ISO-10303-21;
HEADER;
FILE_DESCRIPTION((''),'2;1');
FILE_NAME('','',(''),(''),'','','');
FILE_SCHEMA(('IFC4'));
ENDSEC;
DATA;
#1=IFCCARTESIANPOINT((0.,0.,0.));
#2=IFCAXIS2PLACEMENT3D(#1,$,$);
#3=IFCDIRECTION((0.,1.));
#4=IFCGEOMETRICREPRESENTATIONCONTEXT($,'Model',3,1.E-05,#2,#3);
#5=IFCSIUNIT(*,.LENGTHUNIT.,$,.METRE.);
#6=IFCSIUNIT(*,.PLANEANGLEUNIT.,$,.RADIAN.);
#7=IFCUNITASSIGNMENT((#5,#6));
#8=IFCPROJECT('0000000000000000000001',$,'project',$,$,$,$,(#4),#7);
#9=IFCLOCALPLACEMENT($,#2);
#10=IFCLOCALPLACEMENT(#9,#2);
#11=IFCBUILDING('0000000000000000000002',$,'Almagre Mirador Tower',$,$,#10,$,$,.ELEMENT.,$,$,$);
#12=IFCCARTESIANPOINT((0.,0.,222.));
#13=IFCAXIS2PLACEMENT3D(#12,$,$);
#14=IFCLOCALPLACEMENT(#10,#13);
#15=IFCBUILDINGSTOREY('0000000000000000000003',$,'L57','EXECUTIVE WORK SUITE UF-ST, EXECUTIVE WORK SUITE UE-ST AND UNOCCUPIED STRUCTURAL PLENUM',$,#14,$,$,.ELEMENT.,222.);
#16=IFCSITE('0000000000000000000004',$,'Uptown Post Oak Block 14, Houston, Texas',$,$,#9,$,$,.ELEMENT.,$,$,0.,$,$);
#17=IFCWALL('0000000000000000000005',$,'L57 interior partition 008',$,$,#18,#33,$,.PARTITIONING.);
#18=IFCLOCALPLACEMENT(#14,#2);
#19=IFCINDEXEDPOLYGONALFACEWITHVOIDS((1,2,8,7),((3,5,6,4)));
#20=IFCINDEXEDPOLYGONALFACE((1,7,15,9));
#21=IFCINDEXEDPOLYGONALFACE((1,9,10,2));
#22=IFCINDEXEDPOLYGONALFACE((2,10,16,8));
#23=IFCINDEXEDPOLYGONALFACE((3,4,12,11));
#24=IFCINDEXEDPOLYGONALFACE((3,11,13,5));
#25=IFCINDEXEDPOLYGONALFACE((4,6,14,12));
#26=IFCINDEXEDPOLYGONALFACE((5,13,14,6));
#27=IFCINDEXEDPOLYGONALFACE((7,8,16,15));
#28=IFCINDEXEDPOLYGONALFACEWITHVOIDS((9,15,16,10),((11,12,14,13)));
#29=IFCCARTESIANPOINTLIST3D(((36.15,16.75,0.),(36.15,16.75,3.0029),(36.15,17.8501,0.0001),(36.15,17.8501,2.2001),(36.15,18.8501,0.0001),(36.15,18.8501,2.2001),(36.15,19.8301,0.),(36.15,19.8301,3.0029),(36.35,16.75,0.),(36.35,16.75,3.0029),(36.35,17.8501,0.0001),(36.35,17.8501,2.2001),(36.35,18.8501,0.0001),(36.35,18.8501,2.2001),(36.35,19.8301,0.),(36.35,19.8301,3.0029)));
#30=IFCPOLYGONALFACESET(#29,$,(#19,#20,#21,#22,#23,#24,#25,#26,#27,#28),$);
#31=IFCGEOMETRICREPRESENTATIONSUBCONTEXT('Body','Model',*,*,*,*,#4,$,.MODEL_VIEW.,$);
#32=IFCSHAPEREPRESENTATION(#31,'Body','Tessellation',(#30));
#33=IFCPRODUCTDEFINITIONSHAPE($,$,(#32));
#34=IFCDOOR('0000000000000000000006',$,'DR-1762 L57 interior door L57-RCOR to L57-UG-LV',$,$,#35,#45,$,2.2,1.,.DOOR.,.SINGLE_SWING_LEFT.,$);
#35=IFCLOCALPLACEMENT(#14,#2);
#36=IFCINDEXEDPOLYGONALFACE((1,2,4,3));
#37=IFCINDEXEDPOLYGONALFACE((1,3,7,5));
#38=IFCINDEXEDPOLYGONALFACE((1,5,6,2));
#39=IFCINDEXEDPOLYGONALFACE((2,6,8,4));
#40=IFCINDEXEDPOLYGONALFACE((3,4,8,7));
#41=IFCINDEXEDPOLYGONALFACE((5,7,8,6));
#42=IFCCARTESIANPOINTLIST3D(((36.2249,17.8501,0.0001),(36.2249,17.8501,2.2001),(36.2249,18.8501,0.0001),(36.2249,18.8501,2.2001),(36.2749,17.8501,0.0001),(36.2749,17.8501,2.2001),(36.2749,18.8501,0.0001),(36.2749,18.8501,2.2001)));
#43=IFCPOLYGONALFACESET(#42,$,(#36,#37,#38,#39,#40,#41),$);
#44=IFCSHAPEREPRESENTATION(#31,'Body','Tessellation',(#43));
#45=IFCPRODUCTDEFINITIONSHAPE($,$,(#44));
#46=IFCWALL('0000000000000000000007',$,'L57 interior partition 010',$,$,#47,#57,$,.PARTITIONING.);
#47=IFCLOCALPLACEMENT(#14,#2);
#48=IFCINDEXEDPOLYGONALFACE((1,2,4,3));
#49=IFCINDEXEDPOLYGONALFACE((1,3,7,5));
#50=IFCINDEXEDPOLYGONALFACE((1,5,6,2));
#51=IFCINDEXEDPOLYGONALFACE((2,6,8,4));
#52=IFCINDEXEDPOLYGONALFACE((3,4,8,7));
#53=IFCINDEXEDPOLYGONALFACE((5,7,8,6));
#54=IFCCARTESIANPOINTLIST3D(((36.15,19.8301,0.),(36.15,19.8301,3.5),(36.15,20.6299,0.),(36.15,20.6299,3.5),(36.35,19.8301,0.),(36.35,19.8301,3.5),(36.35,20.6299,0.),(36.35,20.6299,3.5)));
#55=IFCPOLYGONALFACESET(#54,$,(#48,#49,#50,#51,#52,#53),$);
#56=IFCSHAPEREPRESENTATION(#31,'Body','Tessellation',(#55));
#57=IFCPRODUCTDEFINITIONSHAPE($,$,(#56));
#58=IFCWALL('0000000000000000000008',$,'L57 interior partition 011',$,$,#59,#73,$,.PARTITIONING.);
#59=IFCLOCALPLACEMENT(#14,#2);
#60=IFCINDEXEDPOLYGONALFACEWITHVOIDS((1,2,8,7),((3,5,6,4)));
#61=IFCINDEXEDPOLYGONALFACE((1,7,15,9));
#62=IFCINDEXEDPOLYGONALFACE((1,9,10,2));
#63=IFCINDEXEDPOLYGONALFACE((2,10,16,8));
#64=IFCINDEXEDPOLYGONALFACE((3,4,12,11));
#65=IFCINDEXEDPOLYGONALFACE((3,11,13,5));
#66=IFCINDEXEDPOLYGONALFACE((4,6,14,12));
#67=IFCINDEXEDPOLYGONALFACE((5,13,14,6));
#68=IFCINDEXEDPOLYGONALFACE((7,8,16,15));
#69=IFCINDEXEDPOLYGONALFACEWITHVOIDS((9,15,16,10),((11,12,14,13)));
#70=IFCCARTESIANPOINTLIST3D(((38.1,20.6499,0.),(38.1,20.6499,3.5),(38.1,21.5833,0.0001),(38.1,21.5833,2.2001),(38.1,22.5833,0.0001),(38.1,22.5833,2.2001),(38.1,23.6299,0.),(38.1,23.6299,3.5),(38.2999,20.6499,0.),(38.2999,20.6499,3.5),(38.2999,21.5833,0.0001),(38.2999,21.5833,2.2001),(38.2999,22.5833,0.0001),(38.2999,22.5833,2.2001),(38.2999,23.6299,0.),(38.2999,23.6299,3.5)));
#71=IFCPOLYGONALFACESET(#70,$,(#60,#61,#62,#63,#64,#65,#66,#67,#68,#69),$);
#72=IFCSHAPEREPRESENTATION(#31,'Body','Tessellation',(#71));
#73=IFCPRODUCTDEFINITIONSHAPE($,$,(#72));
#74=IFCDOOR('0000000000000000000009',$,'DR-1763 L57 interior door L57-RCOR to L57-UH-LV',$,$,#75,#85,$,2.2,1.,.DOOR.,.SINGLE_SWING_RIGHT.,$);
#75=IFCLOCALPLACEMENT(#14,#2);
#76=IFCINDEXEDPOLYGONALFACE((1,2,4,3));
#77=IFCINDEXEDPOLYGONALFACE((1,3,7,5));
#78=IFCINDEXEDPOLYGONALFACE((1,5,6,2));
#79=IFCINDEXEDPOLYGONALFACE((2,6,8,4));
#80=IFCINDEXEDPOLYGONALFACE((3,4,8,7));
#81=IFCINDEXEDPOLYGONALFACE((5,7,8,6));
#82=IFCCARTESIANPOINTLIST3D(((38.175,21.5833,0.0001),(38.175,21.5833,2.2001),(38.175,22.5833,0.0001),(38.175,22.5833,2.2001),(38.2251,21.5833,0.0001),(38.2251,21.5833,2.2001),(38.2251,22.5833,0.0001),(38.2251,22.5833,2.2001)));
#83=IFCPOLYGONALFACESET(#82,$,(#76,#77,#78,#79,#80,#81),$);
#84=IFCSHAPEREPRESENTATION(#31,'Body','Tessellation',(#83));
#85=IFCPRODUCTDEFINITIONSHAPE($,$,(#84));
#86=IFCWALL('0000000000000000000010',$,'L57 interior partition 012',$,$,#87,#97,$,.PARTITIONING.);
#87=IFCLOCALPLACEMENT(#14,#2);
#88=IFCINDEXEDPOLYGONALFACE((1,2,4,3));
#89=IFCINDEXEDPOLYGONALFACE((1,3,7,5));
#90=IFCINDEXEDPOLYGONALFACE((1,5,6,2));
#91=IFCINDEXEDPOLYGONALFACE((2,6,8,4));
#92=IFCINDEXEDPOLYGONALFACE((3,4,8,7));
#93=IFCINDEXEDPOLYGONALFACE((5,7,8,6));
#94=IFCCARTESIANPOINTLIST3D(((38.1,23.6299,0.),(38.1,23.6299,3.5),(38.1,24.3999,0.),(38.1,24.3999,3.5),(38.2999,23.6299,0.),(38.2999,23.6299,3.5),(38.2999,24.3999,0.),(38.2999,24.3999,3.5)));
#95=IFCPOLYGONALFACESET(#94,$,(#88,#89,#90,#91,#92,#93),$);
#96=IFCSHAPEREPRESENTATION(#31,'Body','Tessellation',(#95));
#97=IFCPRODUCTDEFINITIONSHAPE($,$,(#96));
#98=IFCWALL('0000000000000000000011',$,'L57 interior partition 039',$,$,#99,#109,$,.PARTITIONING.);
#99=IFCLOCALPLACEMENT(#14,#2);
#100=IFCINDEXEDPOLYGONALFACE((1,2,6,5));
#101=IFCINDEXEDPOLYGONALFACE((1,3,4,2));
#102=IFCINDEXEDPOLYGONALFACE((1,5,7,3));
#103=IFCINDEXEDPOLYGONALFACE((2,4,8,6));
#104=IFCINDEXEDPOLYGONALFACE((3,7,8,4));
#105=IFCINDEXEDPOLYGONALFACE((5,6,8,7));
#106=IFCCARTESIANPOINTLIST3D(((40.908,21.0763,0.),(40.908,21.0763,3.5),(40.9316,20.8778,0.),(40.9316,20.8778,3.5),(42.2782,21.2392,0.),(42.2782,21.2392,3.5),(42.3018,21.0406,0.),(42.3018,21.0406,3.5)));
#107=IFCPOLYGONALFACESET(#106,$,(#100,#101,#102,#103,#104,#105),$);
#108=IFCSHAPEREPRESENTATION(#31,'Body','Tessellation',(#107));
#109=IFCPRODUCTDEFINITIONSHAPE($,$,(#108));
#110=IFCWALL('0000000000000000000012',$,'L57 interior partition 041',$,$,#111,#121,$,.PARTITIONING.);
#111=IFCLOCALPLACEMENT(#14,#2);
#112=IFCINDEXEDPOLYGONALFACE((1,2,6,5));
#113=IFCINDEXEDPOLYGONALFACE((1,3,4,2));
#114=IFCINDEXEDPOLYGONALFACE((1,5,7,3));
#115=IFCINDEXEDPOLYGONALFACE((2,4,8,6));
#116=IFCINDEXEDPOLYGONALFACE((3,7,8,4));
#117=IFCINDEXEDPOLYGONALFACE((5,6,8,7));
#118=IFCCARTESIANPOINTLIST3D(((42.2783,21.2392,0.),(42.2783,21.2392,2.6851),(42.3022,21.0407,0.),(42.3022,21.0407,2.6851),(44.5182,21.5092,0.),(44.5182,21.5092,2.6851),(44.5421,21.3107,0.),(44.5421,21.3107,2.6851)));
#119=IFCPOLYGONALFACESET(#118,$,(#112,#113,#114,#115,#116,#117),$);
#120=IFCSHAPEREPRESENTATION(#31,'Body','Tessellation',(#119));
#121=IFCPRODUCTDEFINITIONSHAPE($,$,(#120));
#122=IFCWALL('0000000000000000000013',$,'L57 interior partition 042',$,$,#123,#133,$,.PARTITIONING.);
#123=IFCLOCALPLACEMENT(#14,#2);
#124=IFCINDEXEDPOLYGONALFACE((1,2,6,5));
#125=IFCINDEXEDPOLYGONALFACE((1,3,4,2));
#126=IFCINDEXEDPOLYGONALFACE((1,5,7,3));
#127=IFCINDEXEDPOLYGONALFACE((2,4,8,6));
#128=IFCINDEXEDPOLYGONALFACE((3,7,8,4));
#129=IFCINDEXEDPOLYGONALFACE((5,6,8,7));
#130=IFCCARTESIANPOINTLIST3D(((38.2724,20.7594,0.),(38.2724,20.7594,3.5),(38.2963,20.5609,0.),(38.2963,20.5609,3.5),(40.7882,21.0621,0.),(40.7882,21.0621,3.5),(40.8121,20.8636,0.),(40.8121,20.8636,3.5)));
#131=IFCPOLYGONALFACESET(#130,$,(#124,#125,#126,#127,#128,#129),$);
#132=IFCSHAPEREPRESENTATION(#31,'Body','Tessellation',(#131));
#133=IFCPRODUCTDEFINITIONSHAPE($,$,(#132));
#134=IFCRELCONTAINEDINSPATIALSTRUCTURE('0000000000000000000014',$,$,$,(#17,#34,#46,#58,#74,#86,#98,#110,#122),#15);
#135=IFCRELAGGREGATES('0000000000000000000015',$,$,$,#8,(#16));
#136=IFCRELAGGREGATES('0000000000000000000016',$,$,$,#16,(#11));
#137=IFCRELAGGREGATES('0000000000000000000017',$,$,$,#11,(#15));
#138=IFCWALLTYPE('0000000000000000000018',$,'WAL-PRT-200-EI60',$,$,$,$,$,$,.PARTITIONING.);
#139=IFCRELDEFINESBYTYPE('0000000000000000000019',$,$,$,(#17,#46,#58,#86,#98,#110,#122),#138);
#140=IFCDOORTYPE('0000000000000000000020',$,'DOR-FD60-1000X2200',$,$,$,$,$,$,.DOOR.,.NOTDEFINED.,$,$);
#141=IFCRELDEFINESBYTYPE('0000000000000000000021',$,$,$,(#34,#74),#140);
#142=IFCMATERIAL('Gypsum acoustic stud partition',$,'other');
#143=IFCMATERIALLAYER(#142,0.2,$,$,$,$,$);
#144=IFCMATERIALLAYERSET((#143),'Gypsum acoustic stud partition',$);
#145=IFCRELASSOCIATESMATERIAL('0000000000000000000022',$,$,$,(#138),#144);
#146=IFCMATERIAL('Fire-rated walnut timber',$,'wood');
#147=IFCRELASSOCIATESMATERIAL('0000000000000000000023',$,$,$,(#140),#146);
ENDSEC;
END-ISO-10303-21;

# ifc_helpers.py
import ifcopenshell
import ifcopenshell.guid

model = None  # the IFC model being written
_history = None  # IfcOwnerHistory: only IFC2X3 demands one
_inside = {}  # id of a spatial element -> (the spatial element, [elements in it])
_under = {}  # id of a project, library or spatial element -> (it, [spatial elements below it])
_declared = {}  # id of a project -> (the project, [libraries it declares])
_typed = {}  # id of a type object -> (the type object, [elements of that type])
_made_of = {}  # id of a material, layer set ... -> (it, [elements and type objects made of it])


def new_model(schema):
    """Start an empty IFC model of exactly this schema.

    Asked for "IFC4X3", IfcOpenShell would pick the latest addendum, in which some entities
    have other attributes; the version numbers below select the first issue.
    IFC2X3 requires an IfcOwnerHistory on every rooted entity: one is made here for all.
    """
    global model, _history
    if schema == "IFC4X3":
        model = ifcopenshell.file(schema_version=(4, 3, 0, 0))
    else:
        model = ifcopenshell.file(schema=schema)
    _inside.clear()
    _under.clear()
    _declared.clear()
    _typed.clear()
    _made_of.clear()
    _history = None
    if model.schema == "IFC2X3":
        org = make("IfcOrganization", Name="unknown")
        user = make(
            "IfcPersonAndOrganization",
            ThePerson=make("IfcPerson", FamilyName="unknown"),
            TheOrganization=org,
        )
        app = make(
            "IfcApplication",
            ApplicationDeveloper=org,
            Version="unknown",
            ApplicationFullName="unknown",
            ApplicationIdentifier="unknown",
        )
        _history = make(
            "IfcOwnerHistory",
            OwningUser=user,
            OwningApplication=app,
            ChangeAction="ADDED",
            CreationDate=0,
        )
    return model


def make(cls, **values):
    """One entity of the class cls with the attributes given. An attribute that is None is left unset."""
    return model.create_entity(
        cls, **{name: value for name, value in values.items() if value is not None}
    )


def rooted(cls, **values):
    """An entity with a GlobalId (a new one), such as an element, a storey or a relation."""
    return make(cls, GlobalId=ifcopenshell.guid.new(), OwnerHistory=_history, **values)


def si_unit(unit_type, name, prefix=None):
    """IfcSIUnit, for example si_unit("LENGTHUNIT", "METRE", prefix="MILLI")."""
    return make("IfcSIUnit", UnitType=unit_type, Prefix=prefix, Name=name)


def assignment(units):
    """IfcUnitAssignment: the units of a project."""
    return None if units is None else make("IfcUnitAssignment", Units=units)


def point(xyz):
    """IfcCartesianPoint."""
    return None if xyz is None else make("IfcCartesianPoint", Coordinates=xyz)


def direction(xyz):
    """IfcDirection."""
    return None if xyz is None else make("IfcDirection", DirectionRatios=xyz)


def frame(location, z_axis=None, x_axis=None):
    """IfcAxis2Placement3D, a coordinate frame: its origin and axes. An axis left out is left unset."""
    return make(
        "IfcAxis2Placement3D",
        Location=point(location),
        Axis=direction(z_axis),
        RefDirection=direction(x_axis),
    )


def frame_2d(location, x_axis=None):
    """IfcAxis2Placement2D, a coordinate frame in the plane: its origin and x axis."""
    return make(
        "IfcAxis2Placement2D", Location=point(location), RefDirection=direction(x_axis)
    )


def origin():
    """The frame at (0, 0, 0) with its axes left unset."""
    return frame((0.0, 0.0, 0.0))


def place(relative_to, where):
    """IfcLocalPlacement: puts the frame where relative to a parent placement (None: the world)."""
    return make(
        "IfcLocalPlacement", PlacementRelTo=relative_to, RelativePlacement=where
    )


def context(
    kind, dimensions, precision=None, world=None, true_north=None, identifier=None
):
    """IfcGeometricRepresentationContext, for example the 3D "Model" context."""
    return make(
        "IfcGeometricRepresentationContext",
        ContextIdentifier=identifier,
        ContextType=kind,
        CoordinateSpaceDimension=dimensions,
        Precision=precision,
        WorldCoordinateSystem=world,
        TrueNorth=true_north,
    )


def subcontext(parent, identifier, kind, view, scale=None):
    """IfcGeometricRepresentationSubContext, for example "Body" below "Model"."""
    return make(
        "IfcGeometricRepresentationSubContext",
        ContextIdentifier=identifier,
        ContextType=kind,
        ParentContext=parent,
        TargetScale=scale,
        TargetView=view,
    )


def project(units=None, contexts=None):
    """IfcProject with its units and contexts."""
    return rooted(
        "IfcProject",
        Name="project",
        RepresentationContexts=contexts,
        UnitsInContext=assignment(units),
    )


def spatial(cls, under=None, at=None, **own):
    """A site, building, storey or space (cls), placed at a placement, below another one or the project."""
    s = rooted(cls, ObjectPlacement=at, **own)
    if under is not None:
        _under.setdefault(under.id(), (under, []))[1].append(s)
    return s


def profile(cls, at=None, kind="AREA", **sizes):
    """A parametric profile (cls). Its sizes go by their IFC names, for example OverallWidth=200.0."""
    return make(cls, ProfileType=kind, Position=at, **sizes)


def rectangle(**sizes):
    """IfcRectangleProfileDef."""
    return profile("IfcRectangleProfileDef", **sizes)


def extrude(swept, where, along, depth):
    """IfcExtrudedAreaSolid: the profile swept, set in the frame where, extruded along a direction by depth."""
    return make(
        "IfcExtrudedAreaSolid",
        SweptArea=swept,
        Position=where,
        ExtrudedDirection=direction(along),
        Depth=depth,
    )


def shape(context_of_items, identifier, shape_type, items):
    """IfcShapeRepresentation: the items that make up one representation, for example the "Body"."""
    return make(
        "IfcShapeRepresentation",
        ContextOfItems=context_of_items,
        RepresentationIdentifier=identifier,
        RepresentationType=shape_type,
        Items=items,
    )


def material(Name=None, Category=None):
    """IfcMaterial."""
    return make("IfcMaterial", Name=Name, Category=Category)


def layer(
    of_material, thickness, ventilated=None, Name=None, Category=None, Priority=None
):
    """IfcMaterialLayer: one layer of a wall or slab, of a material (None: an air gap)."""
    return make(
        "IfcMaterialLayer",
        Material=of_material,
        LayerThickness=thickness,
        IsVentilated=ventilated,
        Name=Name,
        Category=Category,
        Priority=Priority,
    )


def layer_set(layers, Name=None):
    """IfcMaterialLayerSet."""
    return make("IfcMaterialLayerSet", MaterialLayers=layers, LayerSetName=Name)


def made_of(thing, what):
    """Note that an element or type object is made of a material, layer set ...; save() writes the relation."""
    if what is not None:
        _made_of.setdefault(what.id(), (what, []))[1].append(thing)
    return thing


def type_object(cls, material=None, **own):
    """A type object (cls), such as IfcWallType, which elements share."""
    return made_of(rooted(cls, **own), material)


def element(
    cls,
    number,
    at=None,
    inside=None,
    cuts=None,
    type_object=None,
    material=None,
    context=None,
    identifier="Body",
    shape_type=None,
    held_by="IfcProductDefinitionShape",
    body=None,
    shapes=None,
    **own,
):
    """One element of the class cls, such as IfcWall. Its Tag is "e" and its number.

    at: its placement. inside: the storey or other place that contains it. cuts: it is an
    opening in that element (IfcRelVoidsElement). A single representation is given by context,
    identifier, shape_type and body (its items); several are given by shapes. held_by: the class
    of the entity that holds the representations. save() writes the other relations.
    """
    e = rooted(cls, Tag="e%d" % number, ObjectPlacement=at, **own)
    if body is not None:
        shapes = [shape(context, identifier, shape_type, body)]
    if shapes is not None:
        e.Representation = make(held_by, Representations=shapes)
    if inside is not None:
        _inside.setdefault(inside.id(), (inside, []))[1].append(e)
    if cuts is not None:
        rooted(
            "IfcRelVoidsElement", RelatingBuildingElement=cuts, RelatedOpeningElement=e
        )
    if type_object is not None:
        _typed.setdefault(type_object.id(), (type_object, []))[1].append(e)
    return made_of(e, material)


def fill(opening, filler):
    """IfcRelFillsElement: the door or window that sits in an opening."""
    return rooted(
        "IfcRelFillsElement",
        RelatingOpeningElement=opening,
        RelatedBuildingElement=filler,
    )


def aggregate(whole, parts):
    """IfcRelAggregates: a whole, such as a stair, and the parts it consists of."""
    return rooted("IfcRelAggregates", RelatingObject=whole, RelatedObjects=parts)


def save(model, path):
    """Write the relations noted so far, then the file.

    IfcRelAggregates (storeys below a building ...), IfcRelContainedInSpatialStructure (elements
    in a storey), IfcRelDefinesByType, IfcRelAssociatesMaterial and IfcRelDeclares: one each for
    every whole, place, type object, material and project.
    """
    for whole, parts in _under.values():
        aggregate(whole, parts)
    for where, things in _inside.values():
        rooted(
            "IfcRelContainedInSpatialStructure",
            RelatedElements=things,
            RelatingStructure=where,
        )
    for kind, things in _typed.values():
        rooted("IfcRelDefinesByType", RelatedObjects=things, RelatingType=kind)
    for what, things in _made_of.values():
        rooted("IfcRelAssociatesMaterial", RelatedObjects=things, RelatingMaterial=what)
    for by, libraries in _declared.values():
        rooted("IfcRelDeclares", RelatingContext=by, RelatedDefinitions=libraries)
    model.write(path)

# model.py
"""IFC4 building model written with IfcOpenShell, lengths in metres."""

from ifc_helpers import new_model, si_unit, direction, frame, frame_2d, origin, place, context, subcontext, project, spatial, rectangle, extrude, material, layer, layer_set, type_object, element, fill, save


model = new_model("IFC4")

# Units and contexts
model_context = context("Model", 3, precision=1e-05, world=origin(), true_north=direction((0.0, 1.0)))
body_context = subcontext(model_context, "Body", "Model", "MODEL_VIEW")
ifc_project = project(units=[si_unit("LENGTHUNIT", "METRE"), si_unit("PLANEANGLEUNIT", "RADIAN")], contexts=[model_context])

# Site, building, storey
site_placement = place(None, origin())
site = spatial("IfcSite", under=ifc_project, at=site_placement, Name="Uptown Post Oak Block 14, Houston, Texas", CompositionType="ELEMENT", RefElevation=0.0)
building_placement = place(site_placement, origin())
building = spatial("IfcBuilding", under=site, at=building_placement, Name="Almagre Mirador Tower", CompositionType="ELEMENT")
storey_placement = place(building_placement, frame((0.0, 0.0, 222.0)))
storey = spatial("IfcBuildingStorey", under=building, at=storey_placement, Name="L57", Description="EXECUTIVE WORK SUITE UF-ST, EXECUTIVE WORK SUITE UE-ST AND UNOCCUPIED STRUCTURAL PLENUM", CompositionType="ELEMENT", Elevation=222.0)

# Wall, opening, door
ifc_material_1 = material(Name="Gypsum acoustic stud partition", Category="other")
ifc_layer_1 = layer(ifc_material_1, 0.2)
ifc_layer_set_1 = layer_set([ifc_layer_1], Name="Gypsum acoustic stud partition")
wall_type_1 = type_object("IfcWallType", Name="WAL-PRT-200-EI60", PredefinedType="PARTITIONING", material=ifc_layer_set_1)
wall_1_placement = place(storey_placement, frame((36.25, 19.8301, 0.0), z_axis=(0.0, 0.0, 1.0), x_axis=(0.0, -1.0, 0.0)))
wall_1 = element("IfcWall", 1, at=wall_1_placement, inside=storey, type_object=wall_type_1, Name="L57 interior partition 008", PredefinedType="PARTITIONING", context=body_context, shape_type="SweptSolid", body=[
    extrude(rectangle(XDim=3.0801, YDim=0.2, at=frame_2d((1.54, 0.0))), origin(), (0.0, 0.0, 1.0), 3.0029),
])
opening_1_placement = place(wall_1_placement, frame((0.98, 0.0, 0.0)))
opening_1 = element("IfcOpeningElement", 2, at=opening_1_placement, cuts=wall_1, PredefinedType="OPENING", context=body_context, shape_type="SweptSolid", body=[
    extrude(rectangle(XDim=1.0, YDim=2.2, at=frame_2d((0.5, 1.1001))), frame((0.0, 0.1101, 0.0), z_axis=(0.0, -1.0, 0.0), x_axis=(1.0, 0.0, 0.0)), (0.0, 0.0, 1.0), 0.22),
])
ifc_material_2 = material(Name="Fire-rated walnut timber", Category="wood")
door_type_1 = type_object("IfcDoorType", Name="DOR-FD60-1000X2200", OperationType="NOTDEFINED", PredefinedType="DOOR", material=ifc_material_2)
door_1_placement = place(opening_1_placement, origin())
door_1 = element("IfcDoor", 3, at=door_1_placement, inside=storey, type_object=door_type_1, Name="DR-1762 L57 interior door L57-RCOR to L57-UG-LV", OperationType="SINGLE_SWING_LEFT", OverallHeight=2.2, OverallWidth=1.0, PredefinedType="DOOR", context=body_context, shape_type="SweptSolid", body=[
    extrude(rectangle(XDim=1.0, YDim=2.2, at=frame_2d((0.5, 1.1001))), frame((0.0, 0.0249, 0.0), z_axis=(0.0, -1.0, 0.0), x_axis=(1.0, 0.0, 0.0)), (0.0, 0.0, 1.0), 0.05),
])
fill(opening_1, door_1)

# Wall
wall_2_placement = place(storey_placement, frame((36.25, 20.6299, 0.0), z_axis=(0.0, 0.0, 1.0), x_axis=(0.0, -1.0, 0.0)))
element("IfcWall", 4, at=wall_2_placement, inside=storey, type_object=wall_type_1, Name="L57 interior partition 010", PredefinedType="PARTITIONING", context=body_context, shape_type="SweptSolid", body=[
    extrude(rectangle(XDim=0.7998, YDim=0.2, at=frame_2d((0.3999, 0.0))), origin(), (0.0, 0.0, 1.0), 3.5),
])

# Wall, opening, door
wall_3_placement = place(storey_placement, frame((38.2, 20.6499, 0.0), z_axis=(0.0, 0.0, 1.0), x_axis=(0.0, 1.0, 0.0)))
wall_3 = element("IfcWall", 5, at=wall_3_placement, inside=storey, type_object=wall_type_1, Name="L57 interior partition 011", PredefinedType="PARTITIONING", context=body_context, shape_type="SweptSolid", body=[
    extrude(rectangle(XDim=2.98, YDim=0.2, at=frame_2d((1.49, 0.0))), origin(), (0.0, 0.0, 1.0), 3.5),
])
opening_2_placement = place(wall_3_placement, frame((0.9333, 0.0, 0.0)))
opening_2 = element("IfcOpeningElement", 6, at=opening_2_placement, cuts=wall_3, PredefinedType="OPENING", context=body_context, shape_type="SweptSolid", body=[
    extrude(rectangle(XDim=1.0, YDim=2.2, at=frame_2d((0.5, 1.1001))), frame((0.0, 0.1101, 0.0), z_axis=(0.0, -1.0, 0.0), x_axis=(1.0, 0.0, 0.0)), (0.0, 0.0, 1.0), 0.22),
])
door_2_placement = place(opening_2_placement, origin())
door_2 = element("IfcDoor", 7, at=door_2_placement, inside=storey, type_object=door_type_1, Name="DR-1763 L57 interior door L57-RCOR to L57-UH-LV", OperationType="SINGLE_SWING_RIGHT", OverallHeight=2.2, OverallWidth=1.0, PredefinedType="DOOR", context=body_context, shape_type="SweptSolid", body=[
    extrude(rectangle(XDim=1.0, YDim=2.2, at=frame_2d((0.5, 1.1001))), frame((0.0, 0.0249, 0.0), z_axis=(0.0, -1.0, 0.0), x_axis=(1.0, 0.0, 0.0)), (0.0, 0.0, 1.0), 0.05),
])
fill(opening_2, door_2)

# Walls
wall_4_placement = place(storey_placement, frame((38.2, 23.6299, 0.0), z_axis=(0.0, 0.0, 1.0), x_axis=(0.0, 1.0, 0.0)))
element("IfcWall", 8, at=wall_4_placement, inside=storey, type_object=wall_type_1, Name="L57 interior partition 012", PredefinedType="PARTITIONING", context=body_context, shape_type="SweptSolid", body=[
    extrude(rectangle(XDim=0.77, YDim=0.2, at=frame_2d((0.385, 0.0))), origin(), (0.0, 0.0, 1.0), 3.5),
])
wall_5_placement = place(storey_placement, frame((42.29, 21.1399, 0.0), z_axis=(0.0, 0.0, 1.0), x_axis=(-0.993013, -0.118001, 0.0)))
element("IfcWall", 9, at=wall_5_placement, inside=storey, type_object=wall_type_1, Name="L57 interior partition 039", PredefinedType="PARTITIONING", context=body_context, shape_type="SweptSolid", body=[
    extrude(rectangle(XDim=1.3799, YDim=0.2, at=frame_2d((0.6899, 0.0))), origin(), (0.0, 0.0, 1.0), 3.5),
])
wall_6_placement = place(storey_placement, frame((44.53, 21.4099, 0.0), z_axis=(0.0, 0.0, 1.0), x_axis=(-0.992813, -0.119679, 0.0)))
element("IfcWall", 10, at=wall_6_placement, inside=storey, type_object=wall_type_1, Name="L57 interior partition 041", PredefinedType="PARTITIONING", context=body_context, shape_type="SweptSolid", body=[
    extrude(rectangle(XDim=2.2561, YDim=0.2, at=frame_2d((1.1279, 0.0))), origin(), (0.0, 0.0, 1.0), 2.6851),
])
wall_7_placement = place(storey_placement, frame((40.8003, 20.9629, 0.0), z_axis=(0.0, 0.0, 1.0), x_axis=(-0.992838, -0.119468, 0.0)))
element("IfcWall", 11, at=wall_7_placement, inside=storey, type_object=wall_type_1, Name="L57 interior partition 042", PredefinedType="PARTITIONING", context=body_context, shape_type="SweptSolid", body=[
    extrude(rectangle(XDim=2.5339, YDim=0.2, at=frame_2d((1.2671, 0.0))), origin(), (0.0, 0.0, 1.0), 3.5),
])

save(model, "model.ifc")
